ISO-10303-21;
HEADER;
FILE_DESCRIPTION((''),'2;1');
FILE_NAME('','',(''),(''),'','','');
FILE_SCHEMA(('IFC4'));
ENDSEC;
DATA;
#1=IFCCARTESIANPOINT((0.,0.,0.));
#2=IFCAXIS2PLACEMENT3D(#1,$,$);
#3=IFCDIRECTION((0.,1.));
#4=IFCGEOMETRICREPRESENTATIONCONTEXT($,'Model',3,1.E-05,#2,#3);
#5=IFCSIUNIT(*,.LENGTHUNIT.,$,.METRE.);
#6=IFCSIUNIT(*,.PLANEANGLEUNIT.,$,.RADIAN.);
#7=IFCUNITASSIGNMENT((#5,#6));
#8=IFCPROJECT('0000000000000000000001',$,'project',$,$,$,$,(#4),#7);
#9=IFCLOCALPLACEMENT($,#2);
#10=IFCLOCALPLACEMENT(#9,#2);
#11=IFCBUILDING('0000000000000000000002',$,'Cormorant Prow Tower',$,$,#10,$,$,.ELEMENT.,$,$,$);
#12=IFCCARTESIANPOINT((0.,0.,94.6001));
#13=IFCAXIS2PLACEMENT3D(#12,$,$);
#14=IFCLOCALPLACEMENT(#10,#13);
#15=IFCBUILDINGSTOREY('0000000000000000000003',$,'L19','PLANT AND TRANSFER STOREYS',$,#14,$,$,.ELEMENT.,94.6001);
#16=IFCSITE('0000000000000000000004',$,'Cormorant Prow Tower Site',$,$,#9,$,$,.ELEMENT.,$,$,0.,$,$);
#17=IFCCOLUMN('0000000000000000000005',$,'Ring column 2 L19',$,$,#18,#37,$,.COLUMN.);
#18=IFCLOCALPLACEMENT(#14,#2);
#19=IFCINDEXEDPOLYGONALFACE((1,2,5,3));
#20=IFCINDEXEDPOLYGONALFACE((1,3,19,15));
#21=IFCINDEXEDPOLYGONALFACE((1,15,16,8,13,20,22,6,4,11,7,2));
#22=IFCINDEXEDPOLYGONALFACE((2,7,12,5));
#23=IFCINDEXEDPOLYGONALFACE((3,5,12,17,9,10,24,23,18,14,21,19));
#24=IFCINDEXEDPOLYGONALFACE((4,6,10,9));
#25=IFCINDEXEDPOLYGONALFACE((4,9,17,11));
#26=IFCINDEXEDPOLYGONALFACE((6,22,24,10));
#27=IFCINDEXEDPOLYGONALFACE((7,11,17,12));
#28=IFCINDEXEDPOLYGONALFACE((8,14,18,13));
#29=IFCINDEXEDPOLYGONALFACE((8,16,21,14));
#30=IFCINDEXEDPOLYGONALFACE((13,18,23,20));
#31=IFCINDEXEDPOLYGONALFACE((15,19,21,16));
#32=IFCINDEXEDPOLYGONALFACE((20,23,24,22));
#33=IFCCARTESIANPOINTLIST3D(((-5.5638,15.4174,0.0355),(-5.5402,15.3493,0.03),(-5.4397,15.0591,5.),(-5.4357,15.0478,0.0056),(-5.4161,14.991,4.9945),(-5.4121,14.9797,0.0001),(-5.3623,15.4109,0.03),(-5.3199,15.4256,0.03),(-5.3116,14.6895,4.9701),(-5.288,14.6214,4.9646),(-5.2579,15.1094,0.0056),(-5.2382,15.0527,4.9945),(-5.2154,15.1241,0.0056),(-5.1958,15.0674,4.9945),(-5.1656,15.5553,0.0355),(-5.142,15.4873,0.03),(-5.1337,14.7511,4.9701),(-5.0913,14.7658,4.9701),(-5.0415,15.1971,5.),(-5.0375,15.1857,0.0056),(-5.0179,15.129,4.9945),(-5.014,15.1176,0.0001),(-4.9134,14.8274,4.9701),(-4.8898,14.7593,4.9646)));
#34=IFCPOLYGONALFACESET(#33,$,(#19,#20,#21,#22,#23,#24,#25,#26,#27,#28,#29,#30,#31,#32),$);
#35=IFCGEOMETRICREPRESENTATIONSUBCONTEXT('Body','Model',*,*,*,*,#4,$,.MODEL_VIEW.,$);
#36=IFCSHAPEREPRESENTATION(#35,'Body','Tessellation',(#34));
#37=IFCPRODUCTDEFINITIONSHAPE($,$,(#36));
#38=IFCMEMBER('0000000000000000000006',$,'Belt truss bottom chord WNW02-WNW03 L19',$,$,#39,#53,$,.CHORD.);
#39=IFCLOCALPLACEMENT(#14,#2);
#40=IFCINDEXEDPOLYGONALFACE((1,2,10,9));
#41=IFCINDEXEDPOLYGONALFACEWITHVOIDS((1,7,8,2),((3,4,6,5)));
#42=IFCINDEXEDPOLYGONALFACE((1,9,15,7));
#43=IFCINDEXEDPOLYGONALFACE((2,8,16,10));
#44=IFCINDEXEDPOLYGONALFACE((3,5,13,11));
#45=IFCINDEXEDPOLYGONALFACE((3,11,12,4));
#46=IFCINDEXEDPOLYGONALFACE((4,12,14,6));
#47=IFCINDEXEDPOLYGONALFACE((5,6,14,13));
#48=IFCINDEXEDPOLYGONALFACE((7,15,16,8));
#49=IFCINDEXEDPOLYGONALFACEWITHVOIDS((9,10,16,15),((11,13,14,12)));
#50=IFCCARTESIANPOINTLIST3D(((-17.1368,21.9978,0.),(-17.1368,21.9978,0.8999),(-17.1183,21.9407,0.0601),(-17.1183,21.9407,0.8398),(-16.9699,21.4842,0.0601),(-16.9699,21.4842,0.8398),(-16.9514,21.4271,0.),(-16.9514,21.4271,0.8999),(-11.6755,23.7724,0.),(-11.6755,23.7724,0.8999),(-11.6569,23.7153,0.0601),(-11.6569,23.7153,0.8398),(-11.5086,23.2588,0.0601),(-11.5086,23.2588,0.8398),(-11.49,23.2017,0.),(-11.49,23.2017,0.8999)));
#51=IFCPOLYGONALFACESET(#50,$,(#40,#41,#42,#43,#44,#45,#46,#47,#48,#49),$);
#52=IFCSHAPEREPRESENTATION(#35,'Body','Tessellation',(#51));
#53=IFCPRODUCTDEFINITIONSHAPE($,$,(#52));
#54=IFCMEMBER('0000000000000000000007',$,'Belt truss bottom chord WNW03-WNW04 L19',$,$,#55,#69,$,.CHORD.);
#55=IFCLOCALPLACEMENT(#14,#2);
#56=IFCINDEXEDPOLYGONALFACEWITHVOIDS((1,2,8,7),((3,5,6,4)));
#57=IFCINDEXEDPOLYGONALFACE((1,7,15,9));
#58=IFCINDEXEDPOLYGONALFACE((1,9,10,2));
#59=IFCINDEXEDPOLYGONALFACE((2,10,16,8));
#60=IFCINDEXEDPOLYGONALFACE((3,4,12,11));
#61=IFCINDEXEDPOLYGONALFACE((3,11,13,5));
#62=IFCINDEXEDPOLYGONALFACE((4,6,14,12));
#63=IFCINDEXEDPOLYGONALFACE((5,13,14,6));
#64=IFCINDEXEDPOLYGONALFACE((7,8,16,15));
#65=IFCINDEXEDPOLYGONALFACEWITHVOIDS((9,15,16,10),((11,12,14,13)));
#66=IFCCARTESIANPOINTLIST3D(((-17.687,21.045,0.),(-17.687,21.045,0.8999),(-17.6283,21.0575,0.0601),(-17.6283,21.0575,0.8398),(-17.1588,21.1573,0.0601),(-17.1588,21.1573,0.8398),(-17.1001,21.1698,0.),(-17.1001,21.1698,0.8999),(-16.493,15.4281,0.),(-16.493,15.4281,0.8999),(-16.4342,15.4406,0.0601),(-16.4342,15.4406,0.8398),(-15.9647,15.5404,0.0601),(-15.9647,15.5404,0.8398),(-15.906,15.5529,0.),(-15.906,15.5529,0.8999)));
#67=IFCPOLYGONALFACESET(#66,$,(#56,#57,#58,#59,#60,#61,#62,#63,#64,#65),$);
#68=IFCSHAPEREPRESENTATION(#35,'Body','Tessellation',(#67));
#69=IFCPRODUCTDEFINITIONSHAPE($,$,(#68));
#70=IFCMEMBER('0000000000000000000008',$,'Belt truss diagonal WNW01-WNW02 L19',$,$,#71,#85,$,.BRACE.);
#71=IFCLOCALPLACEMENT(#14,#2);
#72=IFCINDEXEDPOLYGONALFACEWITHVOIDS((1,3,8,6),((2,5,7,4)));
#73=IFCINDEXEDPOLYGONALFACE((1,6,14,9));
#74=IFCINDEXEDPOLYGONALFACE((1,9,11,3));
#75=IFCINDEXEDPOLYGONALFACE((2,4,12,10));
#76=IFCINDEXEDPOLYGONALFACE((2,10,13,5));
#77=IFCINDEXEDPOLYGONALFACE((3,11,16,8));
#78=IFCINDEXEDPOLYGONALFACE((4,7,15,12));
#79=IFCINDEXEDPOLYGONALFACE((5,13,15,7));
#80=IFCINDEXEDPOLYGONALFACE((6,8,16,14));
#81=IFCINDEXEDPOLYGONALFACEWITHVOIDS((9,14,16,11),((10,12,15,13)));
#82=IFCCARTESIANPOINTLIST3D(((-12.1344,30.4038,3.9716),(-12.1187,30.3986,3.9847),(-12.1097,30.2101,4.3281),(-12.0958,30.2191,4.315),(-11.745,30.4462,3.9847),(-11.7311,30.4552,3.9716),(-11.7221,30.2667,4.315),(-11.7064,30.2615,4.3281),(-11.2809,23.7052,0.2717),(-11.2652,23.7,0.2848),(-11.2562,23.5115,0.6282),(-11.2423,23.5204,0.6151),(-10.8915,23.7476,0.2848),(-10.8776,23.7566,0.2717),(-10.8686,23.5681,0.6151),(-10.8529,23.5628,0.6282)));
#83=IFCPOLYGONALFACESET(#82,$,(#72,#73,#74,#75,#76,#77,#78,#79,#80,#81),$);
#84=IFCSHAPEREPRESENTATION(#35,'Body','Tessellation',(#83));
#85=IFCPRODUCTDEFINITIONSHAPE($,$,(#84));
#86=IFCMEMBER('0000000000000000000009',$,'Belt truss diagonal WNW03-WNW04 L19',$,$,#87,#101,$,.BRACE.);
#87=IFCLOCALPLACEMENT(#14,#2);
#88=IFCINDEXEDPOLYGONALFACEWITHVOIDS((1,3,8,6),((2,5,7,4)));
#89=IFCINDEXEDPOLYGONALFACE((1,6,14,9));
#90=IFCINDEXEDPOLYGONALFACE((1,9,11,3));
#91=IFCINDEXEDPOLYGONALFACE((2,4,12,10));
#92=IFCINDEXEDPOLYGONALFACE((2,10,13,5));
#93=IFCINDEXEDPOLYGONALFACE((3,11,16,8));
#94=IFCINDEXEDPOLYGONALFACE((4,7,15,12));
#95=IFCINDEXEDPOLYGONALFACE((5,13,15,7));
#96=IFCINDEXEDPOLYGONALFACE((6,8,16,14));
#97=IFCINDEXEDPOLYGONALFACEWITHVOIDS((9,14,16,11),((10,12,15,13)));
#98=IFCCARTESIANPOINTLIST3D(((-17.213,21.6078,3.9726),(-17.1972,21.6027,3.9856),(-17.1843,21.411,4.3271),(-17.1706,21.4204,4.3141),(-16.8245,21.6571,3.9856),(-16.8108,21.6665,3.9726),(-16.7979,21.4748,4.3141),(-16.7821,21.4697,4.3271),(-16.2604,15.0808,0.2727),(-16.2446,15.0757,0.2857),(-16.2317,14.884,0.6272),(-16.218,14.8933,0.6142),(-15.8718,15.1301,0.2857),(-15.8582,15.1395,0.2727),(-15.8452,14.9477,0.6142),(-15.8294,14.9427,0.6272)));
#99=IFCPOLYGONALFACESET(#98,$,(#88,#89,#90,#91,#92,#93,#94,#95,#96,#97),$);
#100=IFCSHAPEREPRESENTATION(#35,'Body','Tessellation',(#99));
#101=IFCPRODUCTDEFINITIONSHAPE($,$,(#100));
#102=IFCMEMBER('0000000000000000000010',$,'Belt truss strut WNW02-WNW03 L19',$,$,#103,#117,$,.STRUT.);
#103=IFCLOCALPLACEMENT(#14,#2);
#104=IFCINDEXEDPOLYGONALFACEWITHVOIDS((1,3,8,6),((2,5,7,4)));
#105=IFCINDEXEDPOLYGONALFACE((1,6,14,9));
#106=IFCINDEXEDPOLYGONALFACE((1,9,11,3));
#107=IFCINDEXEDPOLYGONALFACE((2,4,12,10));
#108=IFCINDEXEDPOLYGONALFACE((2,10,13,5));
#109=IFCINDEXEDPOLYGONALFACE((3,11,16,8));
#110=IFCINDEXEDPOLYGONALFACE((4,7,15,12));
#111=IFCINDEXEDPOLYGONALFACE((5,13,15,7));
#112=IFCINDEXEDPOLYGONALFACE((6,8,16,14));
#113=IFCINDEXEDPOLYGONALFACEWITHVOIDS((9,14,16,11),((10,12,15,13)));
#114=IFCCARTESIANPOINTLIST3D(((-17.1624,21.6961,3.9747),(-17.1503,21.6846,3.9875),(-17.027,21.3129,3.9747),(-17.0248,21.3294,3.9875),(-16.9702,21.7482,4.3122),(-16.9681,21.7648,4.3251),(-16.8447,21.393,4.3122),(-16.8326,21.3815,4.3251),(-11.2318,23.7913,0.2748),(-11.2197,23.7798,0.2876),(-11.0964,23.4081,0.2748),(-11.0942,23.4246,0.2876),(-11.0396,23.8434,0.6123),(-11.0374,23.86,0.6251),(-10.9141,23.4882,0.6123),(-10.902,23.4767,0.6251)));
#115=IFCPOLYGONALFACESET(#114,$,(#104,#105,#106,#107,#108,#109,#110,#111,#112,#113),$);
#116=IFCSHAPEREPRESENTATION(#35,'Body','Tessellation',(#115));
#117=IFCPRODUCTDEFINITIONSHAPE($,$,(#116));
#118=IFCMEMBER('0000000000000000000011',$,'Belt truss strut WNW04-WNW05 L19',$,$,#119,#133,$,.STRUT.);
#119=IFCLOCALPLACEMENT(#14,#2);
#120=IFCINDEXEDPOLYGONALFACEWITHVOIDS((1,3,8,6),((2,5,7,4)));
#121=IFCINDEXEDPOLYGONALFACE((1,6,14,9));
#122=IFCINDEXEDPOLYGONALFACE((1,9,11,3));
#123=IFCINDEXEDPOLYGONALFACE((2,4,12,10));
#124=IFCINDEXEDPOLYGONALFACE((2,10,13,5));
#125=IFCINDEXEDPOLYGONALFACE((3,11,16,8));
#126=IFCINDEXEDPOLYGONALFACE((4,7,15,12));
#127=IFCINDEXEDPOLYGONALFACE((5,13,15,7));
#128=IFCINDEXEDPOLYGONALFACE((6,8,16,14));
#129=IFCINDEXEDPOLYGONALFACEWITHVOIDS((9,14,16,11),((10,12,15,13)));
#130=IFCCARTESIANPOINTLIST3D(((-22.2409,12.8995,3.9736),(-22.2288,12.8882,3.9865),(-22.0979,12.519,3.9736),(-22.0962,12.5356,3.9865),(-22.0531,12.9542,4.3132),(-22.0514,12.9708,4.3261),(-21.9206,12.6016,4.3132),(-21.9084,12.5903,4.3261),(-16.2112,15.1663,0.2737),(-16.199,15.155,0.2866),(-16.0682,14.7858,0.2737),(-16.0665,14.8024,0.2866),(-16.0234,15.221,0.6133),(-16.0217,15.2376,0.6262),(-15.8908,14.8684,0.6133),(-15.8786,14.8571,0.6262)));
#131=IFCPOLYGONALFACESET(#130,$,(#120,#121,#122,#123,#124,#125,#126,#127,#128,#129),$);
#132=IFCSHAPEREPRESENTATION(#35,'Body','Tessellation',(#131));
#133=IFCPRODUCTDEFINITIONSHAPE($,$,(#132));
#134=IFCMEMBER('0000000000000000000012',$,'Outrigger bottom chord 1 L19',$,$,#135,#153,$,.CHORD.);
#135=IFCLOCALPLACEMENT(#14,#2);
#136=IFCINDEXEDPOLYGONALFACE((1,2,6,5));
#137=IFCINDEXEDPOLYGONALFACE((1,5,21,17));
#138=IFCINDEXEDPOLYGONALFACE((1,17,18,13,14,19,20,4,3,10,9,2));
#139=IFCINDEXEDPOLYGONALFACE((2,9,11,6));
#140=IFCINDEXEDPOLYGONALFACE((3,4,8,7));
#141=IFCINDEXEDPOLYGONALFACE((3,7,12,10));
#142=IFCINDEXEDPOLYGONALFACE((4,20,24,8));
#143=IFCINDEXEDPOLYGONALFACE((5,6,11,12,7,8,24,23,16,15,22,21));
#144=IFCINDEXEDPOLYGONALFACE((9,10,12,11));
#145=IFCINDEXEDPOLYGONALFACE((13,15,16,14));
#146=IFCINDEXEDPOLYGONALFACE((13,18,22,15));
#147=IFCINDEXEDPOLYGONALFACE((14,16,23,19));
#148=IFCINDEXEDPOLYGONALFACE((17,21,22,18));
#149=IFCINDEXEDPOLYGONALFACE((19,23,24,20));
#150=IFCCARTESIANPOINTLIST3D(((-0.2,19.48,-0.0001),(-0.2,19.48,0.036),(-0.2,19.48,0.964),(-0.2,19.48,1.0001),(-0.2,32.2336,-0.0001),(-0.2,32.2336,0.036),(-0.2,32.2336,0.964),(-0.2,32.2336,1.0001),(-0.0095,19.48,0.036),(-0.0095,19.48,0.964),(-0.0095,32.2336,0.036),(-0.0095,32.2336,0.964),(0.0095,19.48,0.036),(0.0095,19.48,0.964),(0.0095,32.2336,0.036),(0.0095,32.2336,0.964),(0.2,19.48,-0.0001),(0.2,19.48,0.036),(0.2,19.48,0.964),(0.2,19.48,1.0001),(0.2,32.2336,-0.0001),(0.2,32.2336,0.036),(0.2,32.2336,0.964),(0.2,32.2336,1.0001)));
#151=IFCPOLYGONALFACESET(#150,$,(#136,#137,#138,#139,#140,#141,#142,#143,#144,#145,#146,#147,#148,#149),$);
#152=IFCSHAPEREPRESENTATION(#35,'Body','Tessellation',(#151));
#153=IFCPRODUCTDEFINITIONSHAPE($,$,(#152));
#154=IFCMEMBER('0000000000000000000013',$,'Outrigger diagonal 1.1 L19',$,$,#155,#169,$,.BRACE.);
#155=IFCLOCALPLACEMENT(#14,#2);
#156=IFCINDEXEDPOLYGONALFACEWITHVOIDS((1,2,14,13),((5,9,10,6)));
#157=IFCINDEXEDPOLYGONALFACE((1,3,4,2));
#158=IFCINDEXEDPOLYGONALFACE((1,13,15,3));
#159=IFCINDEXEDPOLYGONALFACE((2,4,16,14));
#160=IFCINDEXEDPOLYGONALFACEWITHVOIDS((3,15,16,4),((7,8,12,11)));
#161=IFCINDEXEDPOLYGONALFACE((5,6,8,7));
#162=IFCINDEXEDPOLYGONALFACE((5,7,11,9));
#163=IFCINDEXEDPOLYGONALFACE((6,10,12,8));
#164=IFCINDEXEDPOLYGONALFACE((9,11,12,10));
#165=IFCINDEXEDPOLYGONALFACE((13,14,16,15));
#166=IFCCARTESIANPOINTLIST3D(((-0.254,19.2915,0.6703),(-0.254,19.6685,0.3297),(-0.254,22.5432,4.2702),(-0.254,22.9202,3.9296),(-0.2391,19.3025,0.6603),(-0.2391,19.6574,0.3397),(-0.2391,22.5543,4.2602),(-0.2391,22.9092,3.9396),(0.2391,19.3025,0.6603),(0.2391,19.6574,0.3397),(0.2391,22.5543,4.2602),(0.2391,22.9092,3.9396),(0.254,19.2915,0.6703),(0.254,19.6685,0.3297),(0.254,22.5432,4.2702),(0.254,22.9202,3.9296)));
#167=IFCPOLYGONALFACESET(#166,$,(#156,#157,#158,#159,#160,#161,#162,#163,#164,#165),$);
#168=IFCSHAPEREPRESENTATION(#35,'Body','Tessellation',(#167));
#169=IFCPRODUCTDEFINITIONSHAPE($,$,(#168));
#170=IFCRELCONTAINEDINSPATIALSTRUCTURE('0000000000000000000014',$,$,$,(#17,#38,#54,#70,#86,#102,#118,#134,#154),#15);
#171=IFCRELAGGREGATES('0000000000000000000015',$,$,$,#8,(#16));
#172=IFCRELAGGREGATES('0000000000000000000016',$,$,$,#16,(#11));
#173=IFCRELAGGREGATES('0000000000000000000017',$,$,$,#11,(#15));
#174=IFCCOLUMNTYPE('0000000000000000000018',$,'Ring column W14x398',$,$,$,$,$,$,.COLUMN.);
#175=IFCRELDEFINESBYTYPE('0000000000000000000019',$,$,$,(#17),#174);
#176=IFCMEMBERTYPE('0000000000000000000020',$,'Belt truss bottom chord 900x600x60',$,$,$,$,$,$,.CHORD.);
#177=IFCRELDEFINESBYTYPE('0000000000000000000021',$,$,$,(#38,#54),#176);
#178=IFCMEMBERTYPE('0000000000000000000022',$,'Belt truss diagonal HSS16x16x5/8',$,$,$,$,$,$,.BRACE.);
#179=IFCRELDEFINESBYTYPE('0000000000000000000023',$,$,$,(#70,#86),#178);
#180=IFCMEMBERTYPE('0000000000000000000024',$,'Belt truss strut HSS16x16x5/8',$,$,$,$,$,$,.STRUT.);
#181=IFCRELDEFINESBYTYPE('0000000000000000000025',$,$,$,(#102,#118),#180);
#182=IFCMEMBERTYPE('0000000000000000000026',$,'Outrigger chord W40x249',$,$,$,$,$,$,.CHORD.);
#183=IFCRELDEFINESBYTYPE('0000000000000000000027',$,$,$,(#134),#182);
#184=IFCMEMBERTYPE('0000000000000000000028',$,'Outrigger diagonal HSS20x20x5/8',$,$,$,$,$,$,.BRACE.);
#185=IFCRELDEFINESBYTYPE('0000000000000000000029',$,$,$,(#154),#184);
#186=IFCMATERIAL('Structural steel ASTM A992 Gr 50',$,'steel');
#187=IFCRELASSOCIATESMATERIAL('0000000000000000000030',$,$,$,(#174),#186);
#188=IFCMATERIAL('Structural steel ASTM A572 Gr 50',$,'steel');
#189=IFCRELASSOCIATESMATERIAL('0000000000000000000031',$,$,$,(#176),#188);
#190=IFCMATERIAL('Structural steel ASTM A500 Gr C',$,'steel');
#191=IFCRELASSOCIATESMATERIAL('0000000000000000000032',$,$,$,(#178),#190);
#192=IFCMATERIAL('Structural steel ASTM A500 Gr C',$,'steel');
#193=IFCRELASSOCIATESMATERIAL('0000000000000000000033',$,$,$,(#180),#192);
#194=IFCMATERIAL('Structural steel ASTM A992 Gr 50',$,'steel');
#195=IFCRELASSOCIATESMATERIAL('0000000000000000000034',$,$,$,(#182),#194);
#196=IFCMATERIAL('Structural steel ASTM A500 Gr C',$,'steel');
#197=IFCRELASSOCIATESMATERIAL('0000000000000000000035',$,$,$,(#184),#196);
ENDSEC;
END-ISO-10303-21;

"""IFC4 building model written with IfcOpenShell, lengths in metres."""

from ifc_helpers import new_model, si_unit, direction, frame, origin, origin_2d, place, context, subcontext, project, spatial, hollow_rectangle, i_section, extrude, material, material_profile, profile_set, type_object, element, save


model = new_model("IFC4")

# Units and contexts
model_context = context("Model", 3, precision=1e-05, world=origin(), true_north=direction((0.0, 1.0)))
body_context = subcontext(model_context, "Body", "Model", "MODEL_VIEW")
ifc_project = project(units=[si_unit("LENGTHUNIT", "METRE"), si_unit("PLANEANGLEUNIT", "RADIAN")], contexts=[model_context])

# Site, building, storey
site_placement = place(None, origin())
site = spatial("IfcSite", under=ifc_project, at=site_placement, Name="Cormorant Prow Tower Site", CompositionType="ELEMENT", RefElevation=0.0)
building_placement = place(site_placement, origin())
building = spatial("IfcBuilding", under=site, at=building_placement, Name="Cormorant Prow Tower", CompositionType="ELEMENT")
storey_placement = place(building_placement, frame((0.0, 0.0, 94.6001)))
storey = spatial("IfcBuildingStorey", under=building, at=storey_placement, Name="L19", Description="PLANT AND TRANSFER STOREYS", CompositionType="ELEMENT", Elevation=94.6001)

# Column
ifc_material_1 = material(Name="Structural steel ASTM A992 Gr 50", Category="steel")
ifc_material_profile_1 = material_profile(ifc_material_1, i_section(OverallWidth=0.4214, OverallDepth=0.4646, WebThickness=0.0449, FlangeThickness=0.0723, at=origin_2d()), Name="W14x398")
ifc_profile_set_1 = profile_set([ifc_material_profile_1], Name="Structural steel ASTM A992 Gr 50")
column_type_1 = type_object("IfcColumnType", Name="Ring column W14x398", PredefinedType="COLUMN", material=ifc_profile_set_1)
column_1_placement = place(storey_placement, frame((-5.2893, 15.2688, 0.0), z_axis=(0.024927, -0.071958, 0.997096), x_axis=(0.94491, 0.32733, 0.0)))
element("IfcColumn", 1, at=column_1_placement, inside=storey, type_object=column_type_1, Name="Ring column 2 L19", PredefinedType="COLUMN", context=body_context, shape_type="SweptSolid", body=[
    extrude(i_section(OverallWidth=0.4214, OverallDepth=0.4646, WebThickness=0.0449, FlangeThickness=0.0723, at=origin_2d()), frame((0.0, 0.0, 0.0178)), (0.0, 0.0, 1.0), 4.979),
])

# Members
ifc_material_2 = material(Name="Structural steel ASTM A572 Gr 50", Category="steel")
ifc_material_profile_2 = material_profile(ifc_material_2, hollow_rectangle(XDim=0.6001, YDim=0.8999, WallThickness=0.0601, at=origin_2d()), Name="Box 900x600x60")
ifc_profile_set_2 = profile_set([ifc_material_profile_2], Name="Structural steel ASTM A572 Gr 50")
member_type_1 = type_object("IfcMemberType", Name="Belt truss bottom chord 900x600x60", PredefinedType="CHORD", material=ifc_profile_set_2)
for number, where, z_axis, x_axis, name in (
    (2, (-11.5828, 23.4871, 0.45), (-0.95105, -0.309038, 0.0), (0.309038, -0.95105, 0.0), "Belt truss bottom chord WNW02-WNW03 L19"),
    (3, (-17.3936, 21.1074, 0.45), (0.207941, -0.978141, 0.0), (0.978141, 0.207941, 0.0), "Belt truss bottom chord WNW03-WNW04 L19"),
):
    element("IfcMember", number, at=place(storey_placement, frame(where, z_axis=z_axis, x_axis=x_axis)), inside=storey, type_object=member_type_1, Name=name, PredefinedType="CHORD", context=body_context, shape_type="SweptSolid", body=[
        extrude(hollow_rectangle(XDim=0.6001, YDim=0.8999, WallThickness=0.0601, at=origin_2d()), origin(), (0.0, 0.0, 1.0), 5.7424),
    ])
ifc_material_3 = material(Name="Structural steel ASTM A500 Gr C", Category="steel")
ifc_material_profile_3 = material_profile(ifc_material_3, hollow_rectangle(XDim=0.4065, YDim=0.4065, WallThickness=0.0149, at=origin_2d()), Name="HSS16x16x5/8")
ifc_profile_set_3 = profile_set([ifc_material_profile_3], Name="Structural steel ASTM A500 Gr C")
member_type_2 = type_object("IfcMemberType", Name="Belt truss diagonal HSS16x16x5/8", PredefinedType="BRACE", material=ifc_profile_set_3)
member_1_placement = place(storey_placement, frame((-11.0669, 23.634, 0.45), z_axis=(-0.110845, 0.869957, 0.480509), x_axis=(-0.99198, -0.126393, 0.0)))
element("IfcMember", 4, at=member_1_placement, inside=storey, type_object=member_type_2, Name="Belt truss diagonal WNW01-WNW02 L19", PredefinedType="BRACE", context=body_context, shape_type="SweptSolid", body=[
    extrude(hollow_rectangle(XDim=0.4065, YDim=0.4065, WallThickness=0.0149, at=origin_2d()), origin(), (0.0, 0.0, 1.0), 7.7),
])
member_2_placement = place(storey_placement, frame((-16.0449, 15.0117, 0.45), z_axis=(-0.125959, 0.863021, 0.489212), x_axis=(-0.989516, -0.144421, 0.0)))
element("IfcMember", 5, at=member_2_placement, inside=storey, type_object=member_type_2, Name="Belt truss diagonal WNW03-WNW04 L19", PredefinedType="BRACE", context=body_context, shape_type="SweptSolid", body=[
    extrude(hollow_rectangle(XDim=0.4065, YDim=0.4065, WallThickness=0.0149, at=origin_2d()), origin(), (0.0, 0.0, 1.0), 7.563),
])
ifc_material_4 = material(Name="Structural steel ASTM A500 Gr C", Category="steel")
ifc_material_profile_4 = material_profile(ifc_material_4, hollow_rectangle(XDim=0.4065, YDim=0.4065, WallThickness=0.0149, at=origin_2d()), Name="HSS16x16x5/8")
ifc_profile_set_4 = profile_set([ifc_material_profile_4], Name="Structural steel ASTM A500 Gr C")
member_type_3 = type_object("IfcMemberType", Name="Belt truss strut HSS16x16x5/8", PredefinedType="STRUT", material=ifc_profile_set_4)
member_3_placement = place(storey_placement, frame((-11.0669, 23.634, 0.45), z_axis=(-0.812707, -0.287117, 0.507022), x_axis=(0.333108, -0.942889, 0.0)))
element("IfcMember", 6, at=member_3_placement, inside=storey, type_object=member_type_3, Name="Belt truss strut WNW02-WNW03 L19", PredefinedType="STRUT", context=body_context, shape_type="SweptSolid", body=[
    extrude(hollow_rectangle(XDim=0.4065, YDim=0.4065, WallThickness=0.0149, at=origin_2d()), origin(), (0.0, 0.0, 1.0), 7.2974),
])
member_4_placement = place(storey_placement, frame((-16.0449, 15.0117, 0.45), z_axis=(-0.811681, -0.305144, 0.498057), x_axis=(0.351896, -0.936039, 0.0)))
element("IfcMember", 7, at=member_4_placement, inside=storey, type_object=member_type_3, Name="Belt truss strut WNW04-WNW05 L19", PredefinedType="STRUT", context=body_context, shape_type="SweptSolid", body=[
    extrude(hollow_rectangle(XDim=0.4065, YDim=0.4065, WallThickness=0.0149, at=origin_2d()), origin(), (0.0, 0.0, 1.0), 7.4287),
])
ifc_material_5 = material(Name="Structural steel ASTM A992 Gr 50", Category="steel")
ifc_material_profile_5 = material_profile(ifc_material_5, i_section(OverallWidth=0.3999, OverallDepth=1.0002, WebThickness=0.019, FlangeThickness=0.0361, at=origin_2d()), Name="W40x249")
ifc_profile_set_5 = profile_set([ifc_material_profile_5], Name="Structural steel ASTM A992 Gr 50")
member_type_4 = type_object("IfcMemberType", Name="Outrigger chord W40x249", PredefinedType="CHORD", material=ifc_profile_set_5)
member_5_placement = place(storey_placement, frame((0.0, 19.48, 0.5), z_axis=(0.0, 1.0, 0.0), x_axis=(-1.0, 0.0, 0.0)))
element("IfcMember", 8, at=member_5_placement, inside=storey, type_object=member_type_4, Name="Outrigger bottom chord 1 L19", PredefinedType="CHORD", context=body_context, shape_type="SweptSolid", body=[
    extrude(i_section(OverallWidth=0.3999, OverallDepth=1.0002, WebThickness=0.019, FlangeThickness=0.0361, at=origin_2d()), origin(), (0.0, 0.0, 1.0), 12.7537),
])
ifc_material_6 = material(Name="Structural steel ASTM A500 Gr C", Category="steel")
ifc_material_profile_6 = material_profile(ifc_material_6, hollow_rectangle(XDim=0.5081, YDim=0.5081, WallThickness=0.0149, at=origin_2d()), Name="HSS20x20x5/8")
ifc_profile_set_6 = profile_set([ifc_material_profile_6], Name="Structural steel ASTM A500 Gr C")
member_type_5 = type_object("IfcMemberType", Name="Outrigger diagonal HSS20x20x5/8", PredefinedType="BRACE", material=ifc_profile_set_6)
member_6_placement = place(storey_placement, frame((0.0, 19.48, 0.5), z_axis=(0.0, 0.670312, 0.742079), x_axis=(-1.0, 0.0, 0.0)))
element("IfcMember", 9, at=member_6_placement, inside=storey, type_object=member_type_5, Name="Outrigger diagonal 1.1 L19", PredefinedType="BRACE", context=body_context, shape_type="SweptSolid", body=[
    extrude(hollow_rectangle(XDim=0.5081, YDim=0.5081, WallThickness=0.0149, at=origin_2d()), origin(), (0.0, 0.0, 1.0), 4.8511),
])

save(model, "model.ifc")
